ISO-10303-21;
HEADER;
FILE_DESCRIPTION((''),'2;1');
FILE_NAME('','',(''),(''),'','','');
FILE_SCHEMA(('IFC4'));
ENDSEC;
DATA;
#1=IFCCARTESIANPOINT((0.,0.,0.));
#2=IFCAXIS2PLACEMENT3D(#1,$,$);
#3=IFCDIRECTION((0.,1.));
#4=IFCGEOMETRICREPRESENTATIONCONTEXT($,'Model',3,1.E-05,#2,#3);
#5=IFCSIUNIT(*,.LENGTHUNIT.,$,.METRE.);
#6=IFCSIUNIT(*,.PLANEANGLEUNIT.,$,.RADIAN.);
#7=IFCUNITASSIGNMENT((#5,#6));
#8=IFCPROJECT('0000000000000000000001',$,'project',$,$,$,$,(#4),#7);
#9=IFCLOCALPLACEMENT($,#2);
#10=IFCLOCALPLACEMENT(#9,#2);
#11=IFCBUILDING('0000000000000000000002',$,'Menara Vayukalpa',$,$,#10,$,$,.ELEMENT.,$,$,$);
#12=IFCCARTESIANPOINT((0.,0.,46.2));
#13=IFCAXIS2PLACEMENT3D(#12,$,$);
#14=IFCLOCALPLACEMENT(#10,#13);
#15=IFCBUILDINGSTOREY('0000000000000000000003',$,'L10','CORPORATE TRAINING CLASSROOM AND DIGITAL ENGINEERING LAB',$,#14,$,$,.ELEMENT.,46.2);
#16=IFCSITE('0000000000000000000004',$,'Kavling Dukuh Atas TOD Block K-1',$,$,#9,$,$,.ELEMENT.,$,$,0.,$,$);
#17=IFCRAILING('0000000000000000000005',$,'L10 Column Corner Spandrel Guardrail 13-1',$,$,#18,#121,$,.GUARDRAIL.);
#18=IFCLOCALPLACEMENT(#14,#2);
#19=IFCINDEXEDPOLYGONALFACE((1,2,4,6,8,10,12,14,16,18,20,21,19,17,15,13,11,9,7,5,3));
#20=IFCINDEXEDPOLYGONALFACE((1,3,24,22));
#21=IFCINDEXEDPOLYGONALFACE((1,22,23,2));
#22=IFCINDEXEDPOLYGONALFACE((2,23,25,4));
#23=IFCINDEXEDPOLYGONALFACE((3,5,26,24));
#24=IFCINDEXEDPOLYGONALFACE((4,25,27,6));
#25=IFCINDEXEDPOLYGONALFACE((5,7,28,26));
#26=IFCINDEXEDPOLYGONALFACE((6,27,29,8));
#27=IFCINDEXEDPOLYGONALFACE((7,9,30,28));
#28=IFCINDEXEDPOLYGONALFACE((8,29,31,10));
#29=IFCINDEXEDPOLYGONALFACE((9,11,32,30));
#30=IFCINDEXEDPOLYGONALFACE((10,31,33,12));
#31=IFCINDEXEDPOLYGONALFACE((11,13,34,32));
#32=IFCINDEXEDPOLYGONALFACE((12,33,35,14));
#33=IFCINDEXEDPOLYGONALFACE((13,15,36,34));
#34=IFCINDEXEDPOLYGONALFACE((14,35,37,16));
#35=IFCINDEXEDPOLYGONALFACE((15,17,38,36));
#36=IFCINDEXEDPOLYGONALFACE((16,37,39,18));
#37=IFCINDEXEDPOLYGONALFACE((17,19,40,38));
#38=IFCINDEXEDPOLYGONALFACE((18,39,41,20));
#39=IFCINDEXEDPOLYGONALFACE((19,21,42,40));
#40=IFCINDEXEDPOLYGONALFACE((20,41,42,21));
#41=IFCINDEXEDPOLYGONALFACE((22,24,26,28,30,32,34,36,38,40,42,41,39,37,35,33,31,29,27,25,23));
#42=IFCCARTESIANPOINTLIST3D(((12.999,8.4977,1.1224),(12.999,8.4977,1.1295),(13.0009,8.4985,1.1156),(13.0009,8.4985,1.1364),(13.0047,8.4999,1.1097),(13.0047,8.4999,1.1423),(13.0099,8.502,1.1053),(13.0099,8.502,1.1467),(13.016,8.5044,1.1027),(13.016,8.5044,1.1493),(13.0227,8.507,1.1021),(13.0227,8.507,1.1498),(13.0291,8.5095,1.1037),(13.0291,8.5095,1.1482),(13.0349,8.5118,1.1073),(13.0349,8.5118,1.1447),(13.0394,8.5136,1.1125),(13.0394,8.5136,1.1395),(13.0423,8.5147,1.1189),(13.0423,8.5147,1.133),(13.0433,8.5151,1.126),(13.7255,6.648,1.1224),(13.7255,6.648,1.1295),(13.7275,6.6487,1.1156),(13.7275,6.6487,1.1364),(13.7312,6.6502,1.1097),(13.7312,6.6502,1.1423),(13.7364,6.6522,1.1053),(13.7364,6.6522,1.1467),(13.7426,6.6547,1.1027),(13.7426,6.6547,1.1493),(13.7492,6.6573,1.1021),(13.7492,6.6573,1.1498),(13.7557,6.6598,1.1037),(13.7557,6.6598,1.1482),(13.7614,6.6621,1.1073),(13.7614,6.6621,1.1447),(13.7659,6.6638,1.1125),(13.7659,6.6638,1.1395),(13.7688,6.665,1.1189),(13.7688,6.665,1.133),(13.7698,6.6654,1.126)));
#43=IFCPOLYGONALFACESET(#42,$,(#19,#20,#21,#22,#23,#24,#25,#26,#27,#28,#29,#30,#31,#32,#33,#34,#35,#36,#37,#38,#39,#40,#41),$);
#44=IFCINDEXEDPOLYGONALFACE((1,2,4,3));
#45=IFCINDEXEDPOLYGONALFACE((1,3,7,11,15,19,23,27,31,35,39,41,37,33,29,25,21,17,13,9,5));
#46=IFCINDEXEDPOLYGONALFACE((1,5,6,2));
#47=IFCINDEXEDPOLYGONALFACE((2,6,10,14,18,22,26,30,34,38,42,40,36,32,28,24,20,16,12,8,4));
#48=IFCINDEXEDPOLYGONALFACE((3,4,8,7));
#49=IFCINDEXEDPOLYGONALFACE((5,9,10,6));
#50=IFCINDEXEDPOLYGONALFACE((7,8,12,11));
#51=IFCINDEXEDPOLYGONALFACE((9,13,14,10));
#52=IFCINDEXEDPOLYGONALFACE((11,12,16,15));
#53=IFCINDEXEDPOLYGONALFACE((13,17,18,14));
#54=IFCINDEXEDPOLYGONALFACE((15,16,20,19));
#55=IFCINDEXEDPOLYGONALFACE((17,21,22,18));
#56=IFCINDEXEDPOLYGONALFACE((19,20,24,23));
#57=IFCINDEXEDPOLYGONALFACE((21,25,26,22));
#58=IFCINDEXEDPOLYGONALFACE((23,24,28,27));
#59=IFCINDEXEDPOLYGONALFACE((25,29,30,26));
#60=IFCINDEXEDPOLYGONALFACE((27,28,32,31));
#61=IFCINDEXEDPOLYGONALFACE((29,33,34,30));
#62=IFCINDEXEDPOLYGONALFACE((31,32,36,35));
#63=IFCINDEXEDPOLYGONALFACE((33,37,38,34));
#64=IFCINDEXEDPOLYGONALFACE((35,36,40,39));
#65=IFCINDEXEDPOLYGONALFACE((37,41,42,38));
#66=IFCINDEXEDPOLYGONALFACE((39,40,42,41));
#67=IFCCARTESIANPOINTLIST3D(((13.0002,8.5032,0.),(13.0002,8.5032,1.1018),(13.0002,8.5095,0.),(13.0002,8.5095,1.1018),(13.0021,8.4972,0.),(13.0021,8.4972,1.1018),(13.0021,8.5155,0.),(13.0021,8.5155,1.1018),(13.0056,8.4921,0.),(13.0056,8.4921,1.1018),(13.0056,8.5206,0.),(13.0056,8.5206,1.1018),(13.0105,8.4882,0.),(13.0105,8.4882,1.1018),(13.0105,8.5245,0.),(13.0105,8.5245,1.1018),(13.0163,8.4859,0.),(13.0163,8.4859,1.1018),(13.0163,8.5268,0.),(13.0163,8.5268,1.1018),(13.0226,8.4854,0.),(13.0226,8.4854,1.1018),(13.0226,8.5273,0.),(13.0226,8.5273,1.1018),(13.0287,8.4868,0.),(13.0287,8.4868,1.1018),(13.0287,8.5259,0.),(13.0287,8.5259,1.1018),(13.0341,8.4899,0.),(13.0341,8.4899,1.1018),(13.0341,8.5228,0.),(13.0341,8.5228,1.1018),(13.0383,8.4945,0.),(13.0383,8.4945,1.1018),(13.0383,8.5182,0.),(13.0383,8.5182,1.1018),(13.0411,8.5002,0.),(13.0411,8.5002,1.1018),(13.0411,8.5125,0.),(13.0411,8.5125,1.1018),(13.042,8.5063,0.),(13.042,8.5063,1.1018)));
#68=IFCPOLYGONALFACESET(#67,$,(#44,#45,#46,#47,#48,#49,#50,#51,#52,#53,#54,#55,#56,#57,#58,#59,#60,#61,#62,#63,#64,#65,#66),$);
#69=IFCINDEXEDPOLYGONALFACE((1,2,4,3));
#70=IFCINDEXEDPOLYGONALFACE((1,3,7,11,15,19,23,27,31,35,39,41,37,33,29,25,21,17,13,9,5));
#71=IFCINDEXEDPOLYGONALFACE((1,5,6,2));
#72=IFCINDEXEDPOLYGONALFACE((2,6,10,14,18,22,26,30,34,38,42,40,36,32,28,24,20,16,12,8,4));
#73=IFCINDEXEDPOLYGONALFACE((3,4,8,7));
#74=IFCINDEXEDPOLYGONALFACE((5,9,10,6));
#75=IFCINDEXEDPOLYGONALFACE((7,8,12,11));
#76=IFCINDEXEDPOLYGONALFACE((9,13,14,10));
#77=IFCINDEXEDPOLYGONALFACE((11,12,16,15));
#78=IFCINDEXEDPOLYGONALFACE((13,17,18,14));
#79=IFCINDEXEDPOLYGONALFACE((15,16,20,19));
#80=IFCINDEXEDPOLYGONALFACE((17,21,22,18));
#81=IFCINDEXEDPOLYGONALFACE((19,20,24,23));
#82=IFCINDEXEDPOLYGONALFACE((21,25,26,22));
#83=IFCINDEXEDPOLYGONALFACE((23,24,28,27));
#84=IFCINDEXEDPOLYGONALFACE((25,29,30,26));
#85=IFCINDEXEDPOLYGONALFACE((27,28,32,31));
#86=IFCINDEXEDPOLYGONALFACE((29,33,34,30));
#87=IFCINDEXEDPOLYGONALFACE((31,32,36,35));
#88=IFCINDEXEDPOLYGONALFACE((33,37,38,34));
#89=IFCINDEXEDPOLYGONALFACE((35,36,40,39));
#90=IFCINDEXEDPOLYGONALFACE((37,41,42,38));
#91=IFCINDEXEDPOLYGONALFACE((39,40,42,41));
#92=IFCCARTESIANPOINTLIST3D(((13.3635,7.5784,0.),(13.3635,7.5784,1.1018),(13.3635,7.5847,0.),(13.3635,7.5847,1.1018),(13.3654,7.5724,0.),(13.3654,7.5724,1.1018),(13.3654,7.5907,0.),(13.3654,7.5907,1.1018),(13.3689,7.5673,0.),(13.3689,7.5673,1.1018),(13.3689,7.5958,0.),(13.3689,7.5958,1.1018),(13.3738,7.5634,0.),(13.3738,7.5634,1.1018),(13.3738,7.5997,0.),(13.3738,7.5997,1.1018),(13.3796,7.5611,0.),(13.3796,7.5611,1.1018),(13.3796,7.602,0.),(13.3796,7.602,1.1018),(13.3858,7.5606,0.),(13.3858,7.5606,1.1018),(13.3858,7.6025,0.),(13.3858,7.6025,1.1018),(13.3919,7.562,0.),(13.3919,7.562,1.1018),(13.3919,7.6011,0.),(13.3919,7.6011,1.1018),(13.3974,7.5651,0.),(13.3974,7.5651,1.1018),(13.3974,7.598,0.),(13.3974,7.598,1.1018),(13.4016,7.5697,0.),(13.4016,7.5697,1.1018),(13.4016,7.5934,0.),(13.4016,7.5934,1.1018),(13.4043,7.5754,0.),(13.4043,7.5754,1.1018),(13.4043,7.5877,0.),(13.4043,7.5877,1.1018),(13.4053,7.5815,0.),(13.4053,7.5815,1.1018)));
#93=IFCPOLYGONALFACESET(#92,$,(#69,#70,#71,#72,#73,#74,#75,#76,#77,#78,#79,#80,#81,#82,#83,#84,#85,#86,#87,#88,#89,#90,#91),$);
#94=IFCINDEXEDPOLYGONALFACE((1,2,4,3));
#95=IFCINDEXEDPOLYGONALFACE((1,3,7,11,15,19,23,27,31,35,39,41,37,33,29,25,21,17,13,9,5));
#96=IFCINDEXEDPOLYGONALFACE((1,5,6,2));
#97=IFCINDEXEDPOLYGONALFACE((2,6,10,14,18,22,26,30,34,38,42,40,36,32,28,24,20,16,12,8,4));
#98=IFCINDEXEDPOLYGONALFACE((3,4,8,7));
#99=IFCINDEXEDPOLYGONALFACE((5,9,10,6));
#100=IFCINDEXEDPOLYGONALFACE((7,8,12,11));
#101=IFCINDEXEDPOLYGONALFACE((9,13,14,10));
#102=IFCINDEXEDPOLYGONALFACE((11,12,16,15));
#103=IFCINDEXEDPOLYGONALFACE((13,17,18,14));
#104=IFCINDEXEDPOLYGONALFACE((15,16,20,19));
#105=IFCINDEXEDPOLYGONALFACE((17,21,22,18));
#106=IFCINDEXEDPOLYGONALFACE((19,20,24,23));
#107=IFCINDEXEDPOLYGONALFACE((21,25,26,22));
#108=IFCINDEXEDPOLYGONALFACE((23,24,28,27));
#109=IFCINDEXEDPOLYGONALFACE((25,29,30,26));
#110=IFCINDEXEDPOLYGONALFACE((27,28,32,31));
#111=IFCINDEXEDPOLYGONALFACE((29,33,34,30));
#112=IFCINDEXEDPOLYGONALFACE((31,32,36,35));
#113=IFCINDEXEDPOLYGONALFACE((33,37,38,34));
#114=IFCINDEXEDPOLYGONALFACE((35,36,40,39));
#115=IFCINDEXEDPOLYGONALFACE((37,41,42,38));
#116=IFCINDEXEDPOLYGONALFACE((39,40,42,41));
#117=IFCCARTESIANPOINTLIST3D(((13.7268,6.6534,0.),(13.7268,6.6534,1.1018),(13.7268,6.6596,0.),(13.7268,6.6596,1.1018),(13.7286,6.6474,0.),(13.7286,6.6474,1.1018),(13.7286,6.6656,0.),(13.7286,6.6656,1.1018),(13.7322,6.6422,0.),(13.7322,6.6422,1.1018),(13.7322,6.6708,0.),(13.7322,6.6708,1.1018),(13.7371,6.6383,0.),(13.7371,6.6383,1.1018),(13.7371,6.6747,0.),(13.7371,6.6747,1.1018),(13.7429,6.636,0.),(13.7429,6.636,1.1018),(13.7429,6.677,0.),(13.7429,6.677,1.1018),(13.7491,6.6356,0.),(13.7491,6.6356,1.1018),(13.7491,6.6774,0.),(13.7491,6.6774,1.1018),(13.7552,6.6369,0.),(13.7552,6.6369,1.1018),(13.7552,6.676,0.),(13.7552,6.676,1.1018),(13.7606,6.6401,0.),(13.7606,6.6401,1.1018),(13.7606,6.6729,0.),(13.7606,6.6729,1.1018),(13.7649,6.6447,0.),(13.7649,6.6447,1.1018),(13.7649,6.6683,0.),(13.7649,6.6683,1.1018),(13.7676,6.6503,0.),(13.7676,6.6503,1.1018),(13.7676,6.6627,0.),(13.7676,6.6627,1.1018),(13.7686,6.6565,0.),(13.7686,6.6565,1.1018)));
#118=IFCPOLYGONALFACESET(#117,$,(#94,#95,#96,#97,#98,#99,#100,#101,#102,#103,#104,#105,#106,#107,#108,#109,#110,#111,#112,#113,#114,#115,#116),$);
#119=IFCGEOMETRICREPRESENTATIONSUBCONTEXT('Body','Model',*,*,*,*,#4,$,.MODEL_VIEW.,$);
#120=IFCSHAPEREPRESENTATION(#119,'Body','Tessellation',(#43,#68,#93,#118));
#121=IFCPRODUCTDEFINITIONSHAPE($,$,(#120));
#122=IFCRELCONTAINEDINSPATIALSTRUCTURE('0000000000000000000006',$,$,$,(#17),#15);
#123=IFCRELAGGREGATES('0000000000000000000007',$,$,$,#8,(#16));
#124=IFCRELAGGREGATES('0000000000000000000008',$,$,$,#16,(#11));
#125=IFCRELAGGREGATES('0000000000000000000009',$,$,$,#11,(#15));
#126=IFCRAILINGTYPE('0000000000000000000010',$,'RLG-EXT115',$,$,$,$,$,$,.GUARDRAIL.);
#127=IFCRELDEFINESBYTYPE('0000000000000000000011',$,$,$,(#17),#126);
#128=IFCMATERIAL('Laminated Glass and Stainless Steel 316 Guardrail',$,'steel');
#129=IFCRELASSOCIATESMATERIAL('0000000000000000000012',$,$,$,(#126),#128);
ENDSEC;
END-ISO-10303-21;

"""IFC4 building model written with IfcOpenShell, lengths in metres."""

from ifc_helpers import new_model, si_unit, direction, frame, origin, origin_2d, place, context, subcontext, project, spatial, circle, extrude, material, type_object, element, save


model = new_model("IFC4")

# Units and contexts
model_context = context("Model", 3, precision=1e-05, world=origin(), true_north=direction((0.0, 1.0)))
body_context = subcontext(model_context, "Body", "Model", "MODEL_VIEW")
ifc_project = project(units=[si_unit("LENGTHUNIT", "METRE"), si_unit("PLANEANGLEUNIT", "RADIAN")], contexts=[model_context])

# Site, building, storey
site_placement = place(None, origin())
site = spatial("IfcSite", under=ifc_project, at=site_placement, Name="Kavling Dukuh Atas TOD Block K-1", CompositionType="ELEMENT", RefElevation=0.0)
building_placement = place(site_placement, origin())
building = spatial("IfcBuilding", under=site, at=building_placement, Name="Menara Vayukalpa", CompositionType="ELEMENT")
storey_placement = place(building_placement, frame((0.0, 0.0, 46.2)))
storey = spatial("IfcBuildingStorey", under=building, at=storey_placement, Name="L10", Description="CORPORATE TRAINING CLASSROOM AND DIGITAL ENGINEERING LAB", CompositionType="ELEMENT", Elevation=46.2)

# Railing
ifc_material_1 = material(Name="Laminated Glass and Stainless Steel 316 Guardrail", Category="steel")
railing_type = type_object("IfcRailingType", Name="RLG-EXT115", PredefinedType="GUARDRAIL", material=ifc_material_1)
railing_1_placement = place(storey_placement, frame((13.021, 8.5063, 0.0)))
element("IfcRailing", 1, at=railing_1_placement, inside=storey, type_object=railing_type, Name="L10 Column Corner Spandrel Guardrail 13-1", PredefinedType="GUARDRAIL", context=body_context, shape_type="SweptSolid", body=[
    extrude(circle(Radius=0.0239, at=origin_2d()), frame((0.0, 0.0, 1.126), z_axis=(0.36558, -0.93078, 0.0), x_axis=(0.93078, 0.36558, 0.0)), (0.0, 0.0, 1.0), 1.9873),
    extrude(circle(Radius=0.021, at=origin_2d()), origin(), (0.0, 0.0, 1.0), 1.1018),
    extrude(circle(Radius=0.021, at=origin_2d()), frame((0.3633, -0.9248, 0.0)), (0.0, 0.0, 1.0), 1.1018),
    extrude(circle(Radius=0.021, at=origin_2d()), frame((0.7266, -1.8499, 0.0)), (0.0, 0.0, 1.0), 1.1018),
])

save(model, "model.ifc")
